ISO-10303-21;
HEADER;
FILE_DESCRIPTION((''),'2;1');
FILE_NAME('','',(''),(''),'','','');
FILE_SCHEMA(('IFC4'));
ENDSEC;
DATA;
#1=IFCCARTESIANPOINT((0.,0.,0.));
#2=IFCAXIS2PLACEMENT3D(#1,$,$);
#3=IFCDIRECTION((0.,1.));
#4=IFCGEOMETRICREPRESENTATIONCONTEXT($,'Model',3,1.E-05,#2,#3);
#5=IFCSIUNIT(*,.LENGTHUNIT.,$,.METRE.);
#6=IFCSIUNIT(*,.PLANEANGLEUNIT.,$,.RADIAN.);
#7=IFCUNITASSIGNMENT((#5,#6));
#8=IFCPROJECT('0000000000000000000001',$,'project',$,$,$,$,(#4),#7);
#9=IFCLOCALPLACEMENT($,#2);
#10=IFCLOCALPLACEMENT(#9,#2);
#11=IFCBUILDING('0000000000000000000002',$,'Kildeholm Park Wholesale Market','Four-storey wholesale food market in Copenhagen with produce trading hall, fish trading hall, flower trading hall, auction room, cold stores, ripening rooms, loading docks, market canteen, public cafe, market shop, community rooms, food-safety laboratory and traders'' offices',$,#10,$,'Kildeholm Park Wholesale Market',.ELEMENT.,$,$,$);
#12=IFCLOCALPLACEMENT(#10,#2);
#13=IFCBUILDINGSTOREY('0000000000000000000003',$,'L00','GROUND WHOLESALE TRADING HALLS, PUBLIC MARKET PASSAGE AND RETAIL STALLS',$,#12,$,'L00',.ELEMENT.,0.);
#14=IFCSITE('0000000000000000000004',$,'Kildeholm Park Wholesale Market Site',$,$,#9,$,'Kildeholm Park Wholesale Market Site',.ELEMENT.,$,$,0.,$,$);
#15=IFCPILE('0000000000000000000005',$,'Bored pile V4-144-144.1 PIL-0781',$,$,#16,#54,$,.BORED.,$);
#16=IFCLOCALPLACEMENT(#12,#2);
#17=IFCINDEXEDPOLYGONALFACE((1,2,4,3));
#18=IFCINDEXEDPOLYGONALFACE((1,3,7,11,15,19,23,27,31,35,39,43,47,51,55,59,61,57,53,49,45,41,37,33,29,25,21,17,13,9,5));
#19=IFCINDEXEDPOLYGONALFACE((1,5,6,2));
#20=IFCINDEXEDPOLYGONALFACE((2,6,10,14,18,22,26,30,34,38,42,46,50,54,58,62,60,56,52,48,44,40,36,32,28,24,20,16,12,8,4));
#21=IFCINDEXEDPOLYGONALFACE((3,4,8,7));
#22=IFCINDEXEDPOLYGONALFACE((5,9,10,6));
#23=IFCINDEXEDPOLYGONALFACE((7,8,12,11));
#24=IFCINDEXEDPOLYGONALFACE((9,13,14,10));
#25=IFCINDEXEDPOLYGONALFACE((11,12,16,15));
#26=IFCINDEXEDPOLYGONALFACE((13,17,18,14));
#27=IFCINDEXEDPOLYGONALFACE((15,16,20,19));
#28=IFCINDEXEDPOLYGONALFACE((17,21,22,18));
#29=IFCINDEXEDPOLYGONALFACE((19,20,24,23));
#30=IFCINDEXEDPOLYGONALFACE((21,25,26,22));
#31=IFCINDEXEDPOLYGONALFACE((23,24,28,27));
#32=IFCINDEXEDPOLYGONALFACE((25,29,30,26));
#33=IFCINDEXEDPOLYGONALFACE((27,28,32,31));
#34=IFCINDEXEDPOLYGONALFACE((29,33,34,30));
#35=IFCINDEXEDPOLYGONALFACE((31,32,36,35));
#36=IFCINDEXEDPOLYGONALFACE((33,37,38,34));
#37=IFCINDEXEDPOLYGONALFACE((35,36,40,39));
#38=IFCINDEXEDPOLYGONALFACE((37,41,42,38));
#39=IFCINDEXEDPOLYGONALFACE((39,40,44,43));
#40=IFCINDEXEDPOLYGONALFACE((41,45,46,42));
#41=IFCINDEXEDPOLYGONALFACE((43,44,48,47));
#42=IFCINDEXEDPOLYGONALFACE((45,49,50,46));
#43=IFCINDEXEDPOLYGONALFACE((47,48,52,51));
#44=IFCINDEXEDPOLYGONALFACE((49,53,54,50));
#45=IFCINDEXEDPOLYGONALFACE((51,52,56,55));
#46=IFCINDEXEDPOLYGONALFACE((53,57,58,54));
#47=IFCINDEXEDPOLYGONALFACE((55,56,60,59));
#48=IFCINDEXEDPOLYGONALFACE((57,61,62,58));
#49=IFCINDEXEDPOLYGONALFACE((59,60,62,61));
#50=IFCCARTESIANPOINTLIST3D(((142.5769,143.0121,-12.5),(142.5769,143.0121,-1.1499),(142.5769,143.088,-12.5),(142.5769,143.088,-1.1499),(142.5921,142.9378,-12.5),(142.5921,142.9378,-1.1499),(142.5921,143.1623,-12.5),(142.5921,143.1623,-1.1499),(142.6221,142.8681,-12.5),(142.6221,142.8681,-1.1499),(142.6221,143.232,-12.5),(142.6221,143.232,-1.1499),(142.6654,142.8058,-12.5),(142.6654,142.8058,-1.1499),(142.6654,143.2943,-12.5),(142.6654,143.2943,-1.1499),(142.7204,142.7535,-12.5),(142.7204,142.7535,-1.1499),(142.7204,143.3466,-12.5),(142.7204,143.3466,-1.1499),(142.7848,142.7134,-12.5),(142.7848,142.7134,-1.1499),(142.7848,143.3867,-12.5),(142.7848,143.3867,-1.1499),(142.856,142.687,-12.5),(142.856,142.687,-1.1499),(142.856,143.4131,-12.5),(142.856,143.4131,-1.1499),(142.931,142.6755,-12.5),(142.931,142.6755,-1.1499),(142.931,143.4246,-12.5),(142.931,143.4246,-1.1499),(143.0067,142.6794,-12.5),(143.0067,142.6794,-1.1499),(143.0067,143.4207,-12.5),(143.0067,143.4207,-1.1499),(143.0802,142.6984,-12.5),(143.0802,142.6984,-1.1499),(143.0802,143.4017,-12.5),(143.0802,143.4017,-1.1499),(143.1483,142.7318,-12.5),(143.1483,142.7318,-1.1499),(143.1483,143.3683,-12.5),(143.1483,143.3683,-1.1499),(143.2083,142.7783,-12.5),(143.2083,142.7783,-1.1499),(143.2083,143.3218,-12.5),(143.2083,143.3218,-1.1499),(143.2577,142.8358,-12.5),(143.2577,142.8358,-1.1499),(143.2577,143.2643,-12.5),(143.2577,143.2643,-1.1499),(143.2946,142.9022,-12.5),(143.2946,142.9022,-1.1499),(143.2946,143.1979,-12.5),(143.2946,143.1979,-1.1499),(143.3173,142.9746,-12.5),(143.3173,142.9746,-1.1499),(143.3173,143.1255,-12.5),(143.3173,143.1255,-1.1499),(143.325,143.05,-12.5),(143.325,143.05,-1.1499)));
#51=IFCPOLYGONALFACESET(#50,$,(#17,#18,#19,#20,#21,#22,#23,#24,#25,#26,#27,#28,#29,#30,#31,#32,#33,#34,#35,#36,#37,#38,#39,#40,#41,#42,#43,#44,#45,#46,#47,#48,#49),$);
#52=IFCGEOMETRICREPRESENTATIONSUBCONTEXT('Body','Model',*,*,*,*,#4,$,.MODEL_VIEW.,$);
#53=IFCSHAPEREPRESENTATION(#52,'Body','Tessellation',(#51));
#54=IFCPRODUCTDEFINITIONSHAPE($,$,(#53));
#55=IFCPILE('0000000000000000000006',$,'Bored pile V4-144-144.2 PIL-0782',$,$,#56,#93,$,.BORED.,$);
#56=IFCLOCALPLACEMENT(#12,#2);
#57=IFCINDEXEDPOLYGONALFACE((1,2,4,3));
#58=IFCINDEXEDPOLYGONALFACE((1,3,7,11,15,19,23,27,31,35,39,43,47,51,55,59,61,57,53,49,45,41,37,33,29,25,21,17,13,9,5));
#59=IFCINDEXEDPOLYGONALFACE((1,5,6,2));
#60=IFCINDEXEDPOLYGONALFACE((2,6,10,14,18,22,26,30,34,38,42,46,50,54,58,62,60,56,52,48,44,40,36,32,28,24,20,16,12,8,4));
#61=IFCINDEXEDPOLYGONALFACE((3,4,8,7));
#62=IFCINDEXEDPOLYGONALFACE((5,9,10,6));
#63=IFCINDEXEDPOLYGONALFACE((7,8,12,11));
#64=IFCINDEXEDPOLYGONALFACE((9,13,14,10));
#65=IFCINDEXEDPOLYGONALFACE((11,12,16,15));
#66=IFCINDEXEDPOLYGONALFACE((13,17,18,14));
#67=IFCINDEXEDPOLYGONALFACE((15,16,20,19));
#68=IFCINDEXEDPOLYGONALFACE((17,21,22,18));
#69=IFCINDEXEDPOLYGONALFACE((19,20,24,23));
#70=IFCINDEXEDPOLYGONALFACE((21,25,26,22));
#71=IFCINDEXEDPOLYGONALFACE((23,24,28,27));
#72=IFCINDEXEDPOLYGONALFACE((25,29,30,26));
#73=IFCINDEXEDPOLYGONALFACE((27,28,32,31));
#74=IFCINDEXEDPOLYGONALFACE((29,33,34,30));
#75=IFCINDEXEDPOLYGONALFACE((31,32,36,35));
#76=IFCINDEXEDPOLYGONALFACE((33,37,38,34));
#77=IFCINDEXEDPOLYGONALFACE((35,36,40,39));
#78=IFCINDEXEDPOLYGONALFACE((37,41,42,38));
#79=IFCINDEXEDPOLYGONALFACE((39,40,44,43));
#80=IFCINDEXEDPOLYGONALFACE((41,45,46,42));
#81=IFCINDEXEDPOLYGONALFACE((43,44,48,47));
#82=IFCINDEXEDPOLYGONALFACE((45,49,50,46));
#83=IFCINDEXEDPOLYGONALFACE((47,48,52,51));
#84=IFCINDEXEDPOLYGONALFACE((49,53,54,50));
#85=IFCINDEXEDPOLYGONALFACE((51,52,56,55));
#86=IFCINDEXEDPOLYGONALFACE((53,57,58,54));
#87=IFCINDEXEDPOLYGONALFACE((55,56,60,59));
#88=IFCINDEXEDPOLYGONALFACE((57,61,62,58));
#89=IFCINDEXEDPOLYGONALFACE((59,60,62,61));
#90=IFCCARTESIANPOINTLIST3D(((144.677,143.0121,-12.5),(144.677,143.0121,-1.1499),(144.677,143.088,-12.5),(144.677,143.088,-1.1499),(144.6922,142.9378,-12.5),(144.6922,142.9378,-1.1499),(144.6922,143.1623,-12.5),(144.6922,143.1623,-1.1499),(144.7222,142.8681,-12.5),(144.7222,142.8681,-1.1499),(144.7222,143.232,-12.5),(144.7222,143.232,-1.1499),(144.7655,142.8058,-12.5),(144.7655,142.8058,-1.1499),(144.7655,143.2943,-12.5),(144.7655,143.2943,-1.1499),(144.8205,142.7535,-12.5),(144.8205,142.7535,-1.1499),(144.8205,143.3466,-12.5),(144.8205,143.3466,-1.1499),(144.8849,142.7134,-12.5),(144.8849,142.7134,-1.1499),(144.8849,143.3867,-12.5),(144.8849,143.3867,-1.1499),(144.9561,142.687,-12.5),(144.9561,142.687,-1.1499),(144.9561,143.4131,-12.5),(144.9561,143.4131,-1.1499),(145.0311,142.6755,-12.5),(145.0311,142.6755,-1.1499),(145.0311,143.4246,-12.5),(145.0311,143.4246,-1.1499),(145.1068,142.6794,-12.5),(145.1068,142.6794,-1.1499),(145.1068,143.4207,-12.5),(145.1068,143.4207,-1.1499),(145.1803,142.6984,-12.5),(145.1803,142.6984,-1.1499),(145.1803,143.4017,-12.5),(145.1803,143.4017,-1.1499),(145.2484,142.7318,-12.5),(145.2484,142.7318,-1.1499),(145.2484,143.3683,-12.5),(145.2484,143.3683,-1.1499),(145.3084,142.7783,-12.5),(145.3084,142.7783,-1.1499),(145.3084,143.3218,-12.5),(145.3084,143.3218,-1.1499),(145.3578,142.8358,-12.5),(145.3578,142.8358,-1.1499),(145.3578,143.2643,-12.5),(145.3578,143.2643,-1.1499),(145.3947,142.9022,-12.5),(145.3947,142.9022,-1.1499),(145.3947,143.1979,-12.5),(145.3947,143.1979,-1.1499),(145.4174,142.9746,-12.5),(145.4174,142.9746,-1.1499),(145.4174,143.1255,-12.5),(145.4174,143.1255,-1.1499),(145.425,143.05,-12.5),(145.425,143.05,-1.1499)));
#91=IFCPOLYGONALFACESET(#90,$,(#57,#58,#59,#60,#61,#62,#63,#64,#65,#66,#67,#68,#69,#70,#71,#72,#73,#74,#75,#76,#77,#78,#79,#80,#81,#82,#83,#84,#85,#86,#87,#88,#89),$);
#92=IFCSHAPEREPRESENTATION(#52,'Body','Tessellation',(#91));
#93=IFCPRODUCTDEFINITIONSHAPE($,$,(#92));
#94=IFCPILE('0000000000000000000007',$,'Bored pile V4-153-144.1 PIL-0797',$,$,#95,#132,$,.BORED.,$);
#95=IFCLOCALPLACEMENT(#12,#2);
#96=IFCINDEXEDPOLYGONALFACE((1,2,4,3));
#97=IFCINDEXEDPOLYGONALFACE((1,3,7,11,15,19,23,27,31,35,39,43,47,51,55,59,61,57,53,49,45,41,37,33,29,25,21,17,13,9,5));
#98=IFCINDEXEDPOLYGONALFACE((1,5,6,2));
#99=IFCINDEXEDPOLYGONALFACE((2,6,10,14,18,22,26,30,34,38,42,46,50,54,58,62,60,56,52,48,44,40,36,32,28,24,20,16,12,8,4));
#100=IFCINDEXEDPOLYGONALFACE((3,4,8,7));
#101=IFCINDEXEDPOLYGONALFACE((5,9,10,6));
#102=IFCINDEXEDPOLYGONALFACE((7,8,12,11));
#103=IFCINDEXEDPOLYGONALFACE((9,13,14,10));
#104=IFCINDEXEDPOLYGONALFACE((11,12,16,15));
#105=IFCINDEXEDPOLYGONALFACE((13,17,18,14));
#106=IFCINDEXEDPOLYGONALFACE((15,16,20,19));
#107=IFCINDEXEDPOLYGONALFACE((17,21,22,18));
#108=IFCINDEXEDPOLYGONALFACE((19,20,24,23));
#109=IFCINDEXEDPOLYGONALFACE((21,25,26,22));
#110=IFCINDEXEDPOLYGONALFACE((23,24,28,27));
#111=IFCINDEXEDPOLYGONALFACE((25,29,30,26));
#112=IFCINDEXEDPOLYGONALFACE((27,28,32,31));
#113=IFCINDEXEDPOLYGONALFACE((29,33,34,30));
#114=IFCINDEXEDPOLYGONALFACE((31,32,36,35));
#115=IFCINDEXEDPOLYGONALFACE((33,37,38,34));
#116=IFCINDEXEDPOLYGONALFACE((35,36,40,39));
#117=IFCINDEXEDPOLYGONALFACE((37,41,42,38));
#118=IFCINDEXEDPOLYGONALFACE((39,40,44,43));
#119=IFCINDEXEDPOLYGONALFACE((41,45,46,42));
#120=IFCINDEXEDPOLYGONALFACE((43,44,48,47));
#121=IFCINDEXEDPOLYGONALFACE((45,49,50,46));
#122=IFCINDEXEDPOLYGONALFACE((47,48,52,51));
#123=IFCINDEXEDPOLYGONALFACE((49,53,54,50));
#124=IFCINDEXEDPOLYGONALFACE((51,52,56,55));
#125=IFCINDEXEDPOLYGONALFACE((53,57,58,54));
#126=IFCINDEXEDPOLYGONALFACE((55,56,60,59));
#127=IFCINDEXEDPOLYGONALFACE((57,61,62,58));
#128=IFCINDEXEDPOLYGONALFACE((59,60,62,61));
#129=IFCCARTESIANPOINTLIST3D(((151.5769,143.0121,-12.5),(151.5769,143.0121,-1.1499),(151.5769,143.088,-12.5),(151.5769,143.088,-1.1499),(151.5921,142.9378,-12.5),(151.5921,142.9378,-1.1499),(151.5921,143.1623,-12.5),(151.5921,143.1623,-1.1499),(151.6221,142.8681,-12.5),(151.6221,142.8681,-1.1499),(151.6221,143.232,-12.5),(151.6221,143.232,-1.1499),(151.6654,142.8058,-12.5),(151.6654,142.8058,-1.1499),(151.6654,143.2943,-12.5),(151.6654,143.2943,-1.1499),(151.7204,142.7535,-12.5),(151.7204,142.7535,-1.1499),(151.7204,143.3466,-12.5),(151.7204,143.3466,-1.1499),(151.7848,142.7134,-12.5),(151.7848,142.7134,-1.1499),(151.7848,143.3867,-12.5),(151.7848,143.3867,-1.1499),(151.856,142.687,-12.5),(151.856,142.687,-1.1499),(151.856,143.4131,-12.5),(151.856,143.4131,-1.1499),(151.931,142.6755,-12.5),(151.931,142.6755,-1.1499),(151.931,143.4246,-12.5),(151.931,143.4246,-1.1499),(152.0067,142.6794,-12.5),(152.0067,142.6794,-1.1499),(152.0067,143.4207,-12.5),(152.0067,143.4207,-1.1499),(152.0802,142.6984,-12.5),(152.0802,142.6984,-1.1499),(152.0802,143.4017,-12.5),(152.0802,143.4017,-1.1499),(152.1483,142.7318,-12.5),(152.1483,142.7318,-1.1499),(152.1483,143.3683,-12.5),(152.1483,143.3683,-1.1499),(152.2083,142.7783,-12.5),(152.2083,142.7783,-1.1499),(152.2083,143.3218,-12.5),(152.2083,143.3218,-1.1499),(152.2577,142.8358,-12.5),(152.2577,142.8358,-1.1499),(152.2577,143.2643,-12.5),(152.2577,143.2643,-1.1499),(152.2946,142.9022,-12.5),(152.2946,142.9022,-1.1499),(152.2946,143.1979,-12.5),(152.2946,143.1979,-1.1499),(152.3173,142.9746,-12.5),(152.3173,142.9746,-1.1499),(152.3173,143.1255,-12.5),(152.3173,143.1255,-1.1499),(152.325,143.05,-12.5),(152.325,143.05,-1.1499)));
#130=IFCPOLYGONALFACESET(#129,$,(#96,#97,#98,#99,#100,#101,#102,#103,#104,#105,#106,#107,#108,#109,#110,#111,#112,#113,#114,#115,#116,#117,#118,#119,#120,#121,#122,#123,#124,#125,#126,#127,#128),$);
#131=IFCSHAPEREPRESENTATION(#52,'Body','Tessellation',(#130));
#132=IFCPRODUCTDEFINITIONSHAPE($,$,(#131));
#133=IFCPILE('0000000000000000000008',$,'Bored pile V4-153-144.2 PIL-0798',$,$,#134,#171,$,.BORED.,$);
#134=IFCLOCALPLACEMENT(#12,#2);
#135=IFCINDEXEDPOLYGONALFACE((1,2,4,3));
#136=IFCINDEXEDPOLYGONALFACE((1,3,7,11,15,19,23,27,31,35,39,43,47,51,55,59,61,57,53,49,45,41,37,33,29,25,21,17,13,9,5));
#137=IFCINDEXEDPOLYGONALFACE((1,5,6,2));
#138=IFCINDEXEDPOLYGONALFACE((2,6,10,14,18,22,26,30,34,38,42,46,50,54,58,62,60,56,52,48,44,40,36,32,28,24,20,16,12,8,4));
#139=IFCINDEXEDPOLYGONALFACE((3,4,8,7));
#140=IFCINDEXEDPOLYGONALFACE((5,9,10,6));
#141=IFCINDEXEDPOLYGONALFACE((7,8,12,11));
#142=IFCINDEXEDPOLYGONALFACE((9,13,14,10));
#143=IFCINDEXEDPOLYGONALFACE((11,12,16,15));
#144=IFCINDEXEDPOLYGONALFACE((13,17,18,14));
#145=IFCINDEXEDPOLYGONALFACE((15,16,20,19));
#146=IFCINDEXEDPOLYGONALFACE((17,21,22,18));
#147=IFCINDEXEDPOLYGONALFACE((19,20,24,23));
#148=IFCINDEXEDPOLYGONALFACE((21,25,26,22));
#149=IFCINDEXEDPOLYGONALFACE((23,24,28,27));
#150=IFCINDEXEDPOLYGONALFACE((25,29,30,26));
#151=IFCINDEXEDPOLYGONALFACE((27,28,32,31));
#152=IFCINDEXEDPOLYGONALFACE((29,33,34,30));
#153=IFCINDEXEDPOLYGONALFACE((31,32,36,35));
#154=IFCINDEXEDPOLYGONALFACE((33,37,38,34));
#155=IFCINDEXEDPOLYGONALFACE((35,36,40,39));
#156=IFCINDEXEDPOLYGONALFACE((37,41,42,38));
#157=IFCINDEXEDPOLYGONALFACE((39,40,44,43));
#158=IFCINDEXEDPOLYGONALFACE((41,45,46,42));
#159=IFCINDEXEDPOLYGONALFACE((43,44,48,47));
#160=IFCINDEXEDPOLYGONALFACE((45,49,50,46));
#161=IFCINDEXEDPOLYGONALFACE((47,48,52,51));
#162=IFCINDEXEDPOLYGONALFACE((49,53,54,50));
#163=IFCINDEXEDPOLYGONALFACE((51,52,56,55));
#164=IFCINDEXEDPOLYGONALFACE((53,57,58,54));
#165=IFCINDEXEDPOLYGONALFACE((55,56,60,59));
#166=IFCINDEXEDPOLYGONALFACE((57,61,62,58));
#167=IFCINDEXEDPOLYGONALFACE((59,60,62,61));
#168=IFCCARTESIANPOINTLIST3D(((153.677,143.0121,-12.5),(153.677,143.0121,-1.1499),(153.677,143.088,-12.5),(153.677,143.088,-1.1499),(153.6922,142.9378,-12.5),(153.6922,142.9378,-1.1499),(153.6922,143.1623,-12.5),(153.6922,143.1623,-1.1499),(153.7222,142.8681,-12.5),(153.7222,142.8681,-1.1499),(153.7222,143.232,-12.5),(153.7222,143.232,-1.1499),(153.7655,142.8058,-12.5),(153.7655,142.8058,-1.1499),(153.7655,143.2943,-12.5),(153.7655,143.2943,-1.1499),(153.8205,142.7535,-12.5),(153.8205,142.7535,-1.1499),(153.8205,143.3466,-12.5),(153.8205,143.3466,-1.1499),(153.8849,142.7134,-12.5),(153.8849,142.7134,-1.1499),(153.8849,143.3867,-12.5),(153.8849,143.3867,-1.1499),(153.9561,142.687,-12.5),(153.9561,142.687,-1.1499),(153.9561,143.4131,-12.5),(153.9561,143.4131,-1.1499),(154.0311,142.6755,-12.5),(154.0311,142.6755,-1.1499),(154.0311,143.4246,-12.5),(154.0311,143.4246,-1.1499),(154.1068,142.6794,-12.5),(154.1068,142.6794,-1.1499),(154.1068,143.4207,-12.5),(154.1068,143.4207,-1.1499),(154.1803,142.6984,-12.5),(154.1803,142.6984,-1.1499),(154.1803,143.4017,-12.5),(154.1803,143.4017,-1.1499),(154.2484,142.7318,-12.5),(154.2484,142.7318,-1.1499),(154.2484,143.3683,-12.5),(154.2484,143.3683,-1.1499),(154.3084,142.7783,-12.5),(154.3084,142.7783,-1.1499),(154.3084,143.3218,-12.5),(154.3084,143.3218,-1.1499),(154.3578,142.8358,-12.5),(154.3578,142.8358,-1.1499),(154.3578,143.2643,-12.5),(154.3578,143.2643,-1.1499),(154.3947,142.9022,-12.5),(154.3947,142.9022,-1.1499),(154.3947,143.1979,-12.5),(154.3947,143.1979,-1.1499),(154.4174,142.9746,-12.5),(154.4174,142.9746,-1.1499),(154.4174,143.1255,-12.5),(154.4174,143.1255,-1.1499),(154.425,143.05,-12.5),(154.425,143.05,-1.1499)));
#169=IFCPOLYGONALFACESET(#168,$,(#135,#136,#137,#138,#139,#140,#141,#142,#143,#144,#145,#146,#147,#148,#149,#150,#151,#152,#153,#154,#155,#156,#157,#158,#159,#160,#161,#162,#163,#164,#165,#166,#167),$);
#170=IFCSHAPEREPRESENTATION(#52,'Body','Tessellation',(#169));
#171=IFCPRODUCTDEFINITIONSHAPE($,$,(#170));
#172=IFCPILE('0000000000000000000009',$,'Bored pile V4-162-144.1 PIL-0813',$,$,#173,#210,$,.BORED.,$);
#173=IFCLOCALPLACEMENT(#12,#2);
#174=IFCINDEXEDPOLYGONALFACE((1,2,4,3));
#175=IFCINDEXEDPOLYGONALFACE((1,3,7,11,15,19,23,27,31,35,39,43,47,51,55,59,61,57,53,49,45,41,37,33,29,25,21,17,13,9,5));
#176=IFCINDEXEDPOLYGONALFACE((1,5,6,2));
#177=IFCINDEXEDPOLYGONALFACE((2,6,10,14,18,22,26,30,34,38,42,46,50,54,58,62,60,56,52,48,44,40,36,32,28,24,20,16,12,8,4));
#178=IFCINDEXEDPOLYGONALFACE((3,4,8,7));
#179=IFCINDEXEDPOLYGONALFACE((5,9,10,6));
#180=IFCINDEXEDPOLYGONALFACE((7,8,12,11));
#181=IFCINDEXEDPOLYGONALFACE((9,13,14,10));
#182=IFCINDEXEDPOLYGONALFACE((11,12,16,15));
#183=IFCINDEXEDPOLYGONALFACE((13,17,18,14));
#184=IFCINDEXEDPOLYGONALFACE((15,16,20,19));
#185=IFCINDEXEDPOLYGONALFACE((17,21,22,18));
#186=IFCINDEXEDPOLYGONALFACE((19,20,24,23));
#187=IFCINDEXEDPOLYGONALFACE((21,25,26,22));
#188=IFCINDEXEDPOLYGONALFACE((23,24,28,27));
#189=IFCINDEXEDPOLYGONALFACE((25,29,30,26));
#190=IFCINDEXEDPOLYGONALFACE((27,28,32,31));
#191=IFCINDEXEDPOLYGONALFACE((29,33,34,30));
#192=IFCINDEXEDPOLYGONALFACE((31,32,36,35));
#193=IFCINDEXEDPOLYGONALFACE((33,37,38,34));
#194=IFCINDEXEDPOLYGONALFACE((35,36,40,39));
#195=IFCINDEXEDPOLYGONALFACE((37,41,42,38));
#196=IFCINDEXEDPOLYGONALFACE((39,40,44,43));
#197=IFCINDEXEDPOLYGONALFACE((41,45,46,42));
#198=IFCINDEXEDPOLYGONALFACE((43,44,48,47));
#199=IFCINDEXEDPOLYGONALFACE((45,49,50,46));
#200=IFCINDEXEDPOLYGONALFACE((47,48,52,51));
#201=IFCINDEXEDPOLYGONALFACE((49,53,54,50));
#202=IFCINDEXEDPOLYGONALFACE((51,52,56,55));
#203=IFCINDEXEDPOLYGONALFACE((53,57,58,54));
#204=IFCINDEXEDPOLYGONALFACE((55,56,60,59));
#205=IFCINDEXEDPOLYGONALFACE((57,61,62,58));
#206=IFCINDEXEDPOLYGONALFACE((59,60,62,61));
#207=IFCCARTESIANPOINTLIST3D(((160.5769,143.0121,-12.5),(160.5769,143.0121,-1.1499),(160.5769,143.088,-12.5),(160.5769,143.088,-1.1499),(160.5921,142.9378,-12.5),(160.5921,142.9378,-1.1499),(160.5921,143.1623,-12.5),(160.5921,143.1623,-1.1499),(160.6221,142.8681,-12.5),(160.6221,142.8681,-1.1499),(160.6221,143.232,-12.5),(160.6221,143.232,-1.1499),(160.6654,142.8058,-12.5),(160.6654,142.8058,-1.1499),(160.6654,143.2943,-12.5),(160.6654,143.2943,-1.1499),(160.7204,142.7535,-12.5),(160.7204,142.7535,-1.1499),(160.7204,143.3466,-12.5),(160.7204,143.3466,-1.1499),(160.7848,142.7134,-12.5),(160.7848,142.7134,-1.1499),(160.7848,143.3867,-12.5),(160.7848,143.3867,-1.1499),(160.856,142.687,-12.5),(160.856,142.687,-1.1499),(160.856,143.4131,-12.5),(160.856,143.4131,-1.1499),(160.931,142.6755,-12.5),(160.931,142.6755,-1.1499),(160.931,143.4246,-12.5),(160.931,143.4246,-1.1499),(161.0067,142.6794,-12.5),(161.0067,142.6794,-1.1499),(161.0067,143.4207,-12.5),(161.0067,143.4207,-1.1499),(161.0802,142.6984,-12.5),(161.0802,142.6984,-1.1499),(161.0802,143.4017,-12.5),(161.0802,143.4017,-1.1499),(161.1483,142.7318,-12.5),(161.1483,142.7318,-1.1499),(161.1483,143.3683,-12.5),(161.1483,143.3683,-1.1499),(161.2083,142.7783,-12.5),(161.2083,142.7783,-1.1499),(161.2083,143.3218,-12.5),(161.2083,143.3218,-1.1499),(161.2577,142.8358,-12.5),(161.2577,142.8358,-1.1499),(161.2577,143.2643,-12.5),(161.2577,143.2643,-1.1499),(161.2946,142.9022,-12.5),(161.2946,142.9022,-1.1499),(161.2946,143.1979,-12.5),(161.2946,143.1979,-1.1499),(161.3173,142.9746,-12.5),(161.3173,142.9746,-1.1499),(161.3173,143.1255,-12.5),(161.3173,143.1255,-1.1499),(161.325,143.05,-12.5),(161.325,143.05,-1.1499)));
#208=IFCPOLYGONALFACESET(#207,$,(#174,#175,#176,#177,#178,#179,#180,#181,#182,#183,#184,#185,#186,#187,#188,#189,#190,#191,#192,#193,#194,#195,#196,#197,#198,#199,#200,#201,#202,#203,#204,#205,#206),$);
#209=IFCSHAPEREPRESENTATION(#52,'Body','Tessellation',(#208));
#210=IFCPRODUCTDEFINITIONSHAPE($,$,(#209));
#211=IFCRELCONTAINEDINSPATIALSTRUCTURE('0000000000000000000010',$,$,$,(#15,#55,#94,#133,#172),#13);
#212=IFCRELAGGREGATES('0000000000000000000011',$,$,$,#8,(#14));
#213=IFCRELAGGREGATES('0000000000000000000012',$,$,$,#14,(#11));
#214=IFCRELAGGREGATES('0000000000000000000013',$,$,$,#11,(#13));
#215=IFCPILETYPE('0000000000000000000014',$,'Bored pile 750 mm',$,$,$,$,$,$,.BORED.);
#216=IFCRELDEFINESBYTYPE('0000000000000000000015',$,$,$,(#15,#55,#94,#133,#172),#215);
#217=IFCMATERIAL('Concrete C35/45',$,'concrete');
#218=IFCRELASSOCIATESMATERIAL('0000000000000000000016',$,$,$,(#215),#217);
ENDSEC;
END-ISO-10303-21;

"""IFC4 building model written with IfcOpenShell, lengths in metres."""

from ifc_helpers import new_model, si_unit, direction, frame, origin, origin_2d, place, context, subcontext, project, spatial, circle, extrude, material, material_profile, profile_set, type_object, element, save


model = new_model("IFC4")

# Units and contexts
model_context = context("Model", 3, precision=1e-05, world=origin(), true_north=direction((0.0, 1.0)))
body_context = subcontext(model_context, "Body", "Model", "MODEL_VIEW")
ifc_project = project(units=[si_unit("LENGTHUNIT", "METRE"), si_unit("PLANEANGLEUNIT", "RADIAN")], contexts=[model_context])

# Site, building, storey
site_placement = place(None, origin())
site = spatial("IfcSite", under=ifc_project, at=site_placement, Name="Kildeholm Park Wholesale Market Site", LongName="Kildeholm Park Wholesale Market Site", CompositionType="ELEMENT", RefElevation=0.0)
building_placement = place(site_placement, origin())
building = spatial("IfcBuilding", under=site, at=building_placement, Name="Kildeholm Park Wholesale Market", Description="Four-storey wholesale food market in Copenhagen with produce trading hall, fish trading hall, flower trading hall, auction room, cold stores, ripening rooms, loading docks, market canteen, public cafe, market shop, community rooms, food-safety laboratory and traders' offices", LongName="Kildeholm Park Wholesale Market", CompositionType="ELEMENT")
storey_placement = place(building_placement, origin())
storey = spatial("IfcBuildingStorey", under=building, at=storey_placement, Name="L00", Description="GROUND WHOLESALE TRADING HALLS, PUBLIC MARKET PASSAGE AND RETAIL STALLS", LongName="L00", CompositionType="ELEMENT", Elevation=0.0)

# Piles
ifc_material_1 = material(Name="Concrete C35/45", Category="concrete")
ifc_material_profile_1 = material_profile(ifc_material_1, circle(Radius=0.375, at=origin_2d()), Name="PILE D750")
ifc_profile_set_1 = profile_set([ifc_material_profile_1], Name="Concrete C35/45")
pile_type = type_object("IfcPileType", Name="Bored pile 750 mm", PredefinedType="BORED", material=ifc_profile_set_1)
for number, where, z_axis, x_axis, name in (
    (1, (142.95, 143.05, -1.1499), (0.0, 0.0, -1.0), (1.0, 0.0, 0.0), "Bored pile V4-144-144.1 PIL-0781"),
    (2, (145.05, 143.05, -1.1499), (0.0, 0.0, -1.0), (1.0, 0.0, 0.0), "Bored pile V4-144-144.2 PIL-0782"),
    (3, (151.95, 143.05, -1.1499), (0.0, 0.0, -1.0), (1.0, 0.0, 0.0), "Bored pile V4-153-144.1 PIL-0797"),
    (4, (154.05, 143.05, -1.1499), (0.0, 0.0, -1.0), (1.0, 0.0, 0.0), "Bored pile V4-153-144.2 PIL-0798"),
    (5, (160.95, 143.05, -1.1499), (0.0, 0.0, -1.0), (1.0, 0.0, 0.0), "Bored pile V4-162-144.1 PIL-0813"),
):
    element("IfcPile", number, at=place(storey_placement, frame(where, z_axis=z_axis, x_axis=x_axis)), inside=storey, type_object=pile_type, Name=name, PredefinedType="BORED", context=body_context, shape_type="SweptSolid", body=[
        extrude(circle(Radius=0.375, at=origin_2d()), origin(), (0.0, 0.0, 1.0), 11.3501),
    ])

save(model, "model.ifc")
